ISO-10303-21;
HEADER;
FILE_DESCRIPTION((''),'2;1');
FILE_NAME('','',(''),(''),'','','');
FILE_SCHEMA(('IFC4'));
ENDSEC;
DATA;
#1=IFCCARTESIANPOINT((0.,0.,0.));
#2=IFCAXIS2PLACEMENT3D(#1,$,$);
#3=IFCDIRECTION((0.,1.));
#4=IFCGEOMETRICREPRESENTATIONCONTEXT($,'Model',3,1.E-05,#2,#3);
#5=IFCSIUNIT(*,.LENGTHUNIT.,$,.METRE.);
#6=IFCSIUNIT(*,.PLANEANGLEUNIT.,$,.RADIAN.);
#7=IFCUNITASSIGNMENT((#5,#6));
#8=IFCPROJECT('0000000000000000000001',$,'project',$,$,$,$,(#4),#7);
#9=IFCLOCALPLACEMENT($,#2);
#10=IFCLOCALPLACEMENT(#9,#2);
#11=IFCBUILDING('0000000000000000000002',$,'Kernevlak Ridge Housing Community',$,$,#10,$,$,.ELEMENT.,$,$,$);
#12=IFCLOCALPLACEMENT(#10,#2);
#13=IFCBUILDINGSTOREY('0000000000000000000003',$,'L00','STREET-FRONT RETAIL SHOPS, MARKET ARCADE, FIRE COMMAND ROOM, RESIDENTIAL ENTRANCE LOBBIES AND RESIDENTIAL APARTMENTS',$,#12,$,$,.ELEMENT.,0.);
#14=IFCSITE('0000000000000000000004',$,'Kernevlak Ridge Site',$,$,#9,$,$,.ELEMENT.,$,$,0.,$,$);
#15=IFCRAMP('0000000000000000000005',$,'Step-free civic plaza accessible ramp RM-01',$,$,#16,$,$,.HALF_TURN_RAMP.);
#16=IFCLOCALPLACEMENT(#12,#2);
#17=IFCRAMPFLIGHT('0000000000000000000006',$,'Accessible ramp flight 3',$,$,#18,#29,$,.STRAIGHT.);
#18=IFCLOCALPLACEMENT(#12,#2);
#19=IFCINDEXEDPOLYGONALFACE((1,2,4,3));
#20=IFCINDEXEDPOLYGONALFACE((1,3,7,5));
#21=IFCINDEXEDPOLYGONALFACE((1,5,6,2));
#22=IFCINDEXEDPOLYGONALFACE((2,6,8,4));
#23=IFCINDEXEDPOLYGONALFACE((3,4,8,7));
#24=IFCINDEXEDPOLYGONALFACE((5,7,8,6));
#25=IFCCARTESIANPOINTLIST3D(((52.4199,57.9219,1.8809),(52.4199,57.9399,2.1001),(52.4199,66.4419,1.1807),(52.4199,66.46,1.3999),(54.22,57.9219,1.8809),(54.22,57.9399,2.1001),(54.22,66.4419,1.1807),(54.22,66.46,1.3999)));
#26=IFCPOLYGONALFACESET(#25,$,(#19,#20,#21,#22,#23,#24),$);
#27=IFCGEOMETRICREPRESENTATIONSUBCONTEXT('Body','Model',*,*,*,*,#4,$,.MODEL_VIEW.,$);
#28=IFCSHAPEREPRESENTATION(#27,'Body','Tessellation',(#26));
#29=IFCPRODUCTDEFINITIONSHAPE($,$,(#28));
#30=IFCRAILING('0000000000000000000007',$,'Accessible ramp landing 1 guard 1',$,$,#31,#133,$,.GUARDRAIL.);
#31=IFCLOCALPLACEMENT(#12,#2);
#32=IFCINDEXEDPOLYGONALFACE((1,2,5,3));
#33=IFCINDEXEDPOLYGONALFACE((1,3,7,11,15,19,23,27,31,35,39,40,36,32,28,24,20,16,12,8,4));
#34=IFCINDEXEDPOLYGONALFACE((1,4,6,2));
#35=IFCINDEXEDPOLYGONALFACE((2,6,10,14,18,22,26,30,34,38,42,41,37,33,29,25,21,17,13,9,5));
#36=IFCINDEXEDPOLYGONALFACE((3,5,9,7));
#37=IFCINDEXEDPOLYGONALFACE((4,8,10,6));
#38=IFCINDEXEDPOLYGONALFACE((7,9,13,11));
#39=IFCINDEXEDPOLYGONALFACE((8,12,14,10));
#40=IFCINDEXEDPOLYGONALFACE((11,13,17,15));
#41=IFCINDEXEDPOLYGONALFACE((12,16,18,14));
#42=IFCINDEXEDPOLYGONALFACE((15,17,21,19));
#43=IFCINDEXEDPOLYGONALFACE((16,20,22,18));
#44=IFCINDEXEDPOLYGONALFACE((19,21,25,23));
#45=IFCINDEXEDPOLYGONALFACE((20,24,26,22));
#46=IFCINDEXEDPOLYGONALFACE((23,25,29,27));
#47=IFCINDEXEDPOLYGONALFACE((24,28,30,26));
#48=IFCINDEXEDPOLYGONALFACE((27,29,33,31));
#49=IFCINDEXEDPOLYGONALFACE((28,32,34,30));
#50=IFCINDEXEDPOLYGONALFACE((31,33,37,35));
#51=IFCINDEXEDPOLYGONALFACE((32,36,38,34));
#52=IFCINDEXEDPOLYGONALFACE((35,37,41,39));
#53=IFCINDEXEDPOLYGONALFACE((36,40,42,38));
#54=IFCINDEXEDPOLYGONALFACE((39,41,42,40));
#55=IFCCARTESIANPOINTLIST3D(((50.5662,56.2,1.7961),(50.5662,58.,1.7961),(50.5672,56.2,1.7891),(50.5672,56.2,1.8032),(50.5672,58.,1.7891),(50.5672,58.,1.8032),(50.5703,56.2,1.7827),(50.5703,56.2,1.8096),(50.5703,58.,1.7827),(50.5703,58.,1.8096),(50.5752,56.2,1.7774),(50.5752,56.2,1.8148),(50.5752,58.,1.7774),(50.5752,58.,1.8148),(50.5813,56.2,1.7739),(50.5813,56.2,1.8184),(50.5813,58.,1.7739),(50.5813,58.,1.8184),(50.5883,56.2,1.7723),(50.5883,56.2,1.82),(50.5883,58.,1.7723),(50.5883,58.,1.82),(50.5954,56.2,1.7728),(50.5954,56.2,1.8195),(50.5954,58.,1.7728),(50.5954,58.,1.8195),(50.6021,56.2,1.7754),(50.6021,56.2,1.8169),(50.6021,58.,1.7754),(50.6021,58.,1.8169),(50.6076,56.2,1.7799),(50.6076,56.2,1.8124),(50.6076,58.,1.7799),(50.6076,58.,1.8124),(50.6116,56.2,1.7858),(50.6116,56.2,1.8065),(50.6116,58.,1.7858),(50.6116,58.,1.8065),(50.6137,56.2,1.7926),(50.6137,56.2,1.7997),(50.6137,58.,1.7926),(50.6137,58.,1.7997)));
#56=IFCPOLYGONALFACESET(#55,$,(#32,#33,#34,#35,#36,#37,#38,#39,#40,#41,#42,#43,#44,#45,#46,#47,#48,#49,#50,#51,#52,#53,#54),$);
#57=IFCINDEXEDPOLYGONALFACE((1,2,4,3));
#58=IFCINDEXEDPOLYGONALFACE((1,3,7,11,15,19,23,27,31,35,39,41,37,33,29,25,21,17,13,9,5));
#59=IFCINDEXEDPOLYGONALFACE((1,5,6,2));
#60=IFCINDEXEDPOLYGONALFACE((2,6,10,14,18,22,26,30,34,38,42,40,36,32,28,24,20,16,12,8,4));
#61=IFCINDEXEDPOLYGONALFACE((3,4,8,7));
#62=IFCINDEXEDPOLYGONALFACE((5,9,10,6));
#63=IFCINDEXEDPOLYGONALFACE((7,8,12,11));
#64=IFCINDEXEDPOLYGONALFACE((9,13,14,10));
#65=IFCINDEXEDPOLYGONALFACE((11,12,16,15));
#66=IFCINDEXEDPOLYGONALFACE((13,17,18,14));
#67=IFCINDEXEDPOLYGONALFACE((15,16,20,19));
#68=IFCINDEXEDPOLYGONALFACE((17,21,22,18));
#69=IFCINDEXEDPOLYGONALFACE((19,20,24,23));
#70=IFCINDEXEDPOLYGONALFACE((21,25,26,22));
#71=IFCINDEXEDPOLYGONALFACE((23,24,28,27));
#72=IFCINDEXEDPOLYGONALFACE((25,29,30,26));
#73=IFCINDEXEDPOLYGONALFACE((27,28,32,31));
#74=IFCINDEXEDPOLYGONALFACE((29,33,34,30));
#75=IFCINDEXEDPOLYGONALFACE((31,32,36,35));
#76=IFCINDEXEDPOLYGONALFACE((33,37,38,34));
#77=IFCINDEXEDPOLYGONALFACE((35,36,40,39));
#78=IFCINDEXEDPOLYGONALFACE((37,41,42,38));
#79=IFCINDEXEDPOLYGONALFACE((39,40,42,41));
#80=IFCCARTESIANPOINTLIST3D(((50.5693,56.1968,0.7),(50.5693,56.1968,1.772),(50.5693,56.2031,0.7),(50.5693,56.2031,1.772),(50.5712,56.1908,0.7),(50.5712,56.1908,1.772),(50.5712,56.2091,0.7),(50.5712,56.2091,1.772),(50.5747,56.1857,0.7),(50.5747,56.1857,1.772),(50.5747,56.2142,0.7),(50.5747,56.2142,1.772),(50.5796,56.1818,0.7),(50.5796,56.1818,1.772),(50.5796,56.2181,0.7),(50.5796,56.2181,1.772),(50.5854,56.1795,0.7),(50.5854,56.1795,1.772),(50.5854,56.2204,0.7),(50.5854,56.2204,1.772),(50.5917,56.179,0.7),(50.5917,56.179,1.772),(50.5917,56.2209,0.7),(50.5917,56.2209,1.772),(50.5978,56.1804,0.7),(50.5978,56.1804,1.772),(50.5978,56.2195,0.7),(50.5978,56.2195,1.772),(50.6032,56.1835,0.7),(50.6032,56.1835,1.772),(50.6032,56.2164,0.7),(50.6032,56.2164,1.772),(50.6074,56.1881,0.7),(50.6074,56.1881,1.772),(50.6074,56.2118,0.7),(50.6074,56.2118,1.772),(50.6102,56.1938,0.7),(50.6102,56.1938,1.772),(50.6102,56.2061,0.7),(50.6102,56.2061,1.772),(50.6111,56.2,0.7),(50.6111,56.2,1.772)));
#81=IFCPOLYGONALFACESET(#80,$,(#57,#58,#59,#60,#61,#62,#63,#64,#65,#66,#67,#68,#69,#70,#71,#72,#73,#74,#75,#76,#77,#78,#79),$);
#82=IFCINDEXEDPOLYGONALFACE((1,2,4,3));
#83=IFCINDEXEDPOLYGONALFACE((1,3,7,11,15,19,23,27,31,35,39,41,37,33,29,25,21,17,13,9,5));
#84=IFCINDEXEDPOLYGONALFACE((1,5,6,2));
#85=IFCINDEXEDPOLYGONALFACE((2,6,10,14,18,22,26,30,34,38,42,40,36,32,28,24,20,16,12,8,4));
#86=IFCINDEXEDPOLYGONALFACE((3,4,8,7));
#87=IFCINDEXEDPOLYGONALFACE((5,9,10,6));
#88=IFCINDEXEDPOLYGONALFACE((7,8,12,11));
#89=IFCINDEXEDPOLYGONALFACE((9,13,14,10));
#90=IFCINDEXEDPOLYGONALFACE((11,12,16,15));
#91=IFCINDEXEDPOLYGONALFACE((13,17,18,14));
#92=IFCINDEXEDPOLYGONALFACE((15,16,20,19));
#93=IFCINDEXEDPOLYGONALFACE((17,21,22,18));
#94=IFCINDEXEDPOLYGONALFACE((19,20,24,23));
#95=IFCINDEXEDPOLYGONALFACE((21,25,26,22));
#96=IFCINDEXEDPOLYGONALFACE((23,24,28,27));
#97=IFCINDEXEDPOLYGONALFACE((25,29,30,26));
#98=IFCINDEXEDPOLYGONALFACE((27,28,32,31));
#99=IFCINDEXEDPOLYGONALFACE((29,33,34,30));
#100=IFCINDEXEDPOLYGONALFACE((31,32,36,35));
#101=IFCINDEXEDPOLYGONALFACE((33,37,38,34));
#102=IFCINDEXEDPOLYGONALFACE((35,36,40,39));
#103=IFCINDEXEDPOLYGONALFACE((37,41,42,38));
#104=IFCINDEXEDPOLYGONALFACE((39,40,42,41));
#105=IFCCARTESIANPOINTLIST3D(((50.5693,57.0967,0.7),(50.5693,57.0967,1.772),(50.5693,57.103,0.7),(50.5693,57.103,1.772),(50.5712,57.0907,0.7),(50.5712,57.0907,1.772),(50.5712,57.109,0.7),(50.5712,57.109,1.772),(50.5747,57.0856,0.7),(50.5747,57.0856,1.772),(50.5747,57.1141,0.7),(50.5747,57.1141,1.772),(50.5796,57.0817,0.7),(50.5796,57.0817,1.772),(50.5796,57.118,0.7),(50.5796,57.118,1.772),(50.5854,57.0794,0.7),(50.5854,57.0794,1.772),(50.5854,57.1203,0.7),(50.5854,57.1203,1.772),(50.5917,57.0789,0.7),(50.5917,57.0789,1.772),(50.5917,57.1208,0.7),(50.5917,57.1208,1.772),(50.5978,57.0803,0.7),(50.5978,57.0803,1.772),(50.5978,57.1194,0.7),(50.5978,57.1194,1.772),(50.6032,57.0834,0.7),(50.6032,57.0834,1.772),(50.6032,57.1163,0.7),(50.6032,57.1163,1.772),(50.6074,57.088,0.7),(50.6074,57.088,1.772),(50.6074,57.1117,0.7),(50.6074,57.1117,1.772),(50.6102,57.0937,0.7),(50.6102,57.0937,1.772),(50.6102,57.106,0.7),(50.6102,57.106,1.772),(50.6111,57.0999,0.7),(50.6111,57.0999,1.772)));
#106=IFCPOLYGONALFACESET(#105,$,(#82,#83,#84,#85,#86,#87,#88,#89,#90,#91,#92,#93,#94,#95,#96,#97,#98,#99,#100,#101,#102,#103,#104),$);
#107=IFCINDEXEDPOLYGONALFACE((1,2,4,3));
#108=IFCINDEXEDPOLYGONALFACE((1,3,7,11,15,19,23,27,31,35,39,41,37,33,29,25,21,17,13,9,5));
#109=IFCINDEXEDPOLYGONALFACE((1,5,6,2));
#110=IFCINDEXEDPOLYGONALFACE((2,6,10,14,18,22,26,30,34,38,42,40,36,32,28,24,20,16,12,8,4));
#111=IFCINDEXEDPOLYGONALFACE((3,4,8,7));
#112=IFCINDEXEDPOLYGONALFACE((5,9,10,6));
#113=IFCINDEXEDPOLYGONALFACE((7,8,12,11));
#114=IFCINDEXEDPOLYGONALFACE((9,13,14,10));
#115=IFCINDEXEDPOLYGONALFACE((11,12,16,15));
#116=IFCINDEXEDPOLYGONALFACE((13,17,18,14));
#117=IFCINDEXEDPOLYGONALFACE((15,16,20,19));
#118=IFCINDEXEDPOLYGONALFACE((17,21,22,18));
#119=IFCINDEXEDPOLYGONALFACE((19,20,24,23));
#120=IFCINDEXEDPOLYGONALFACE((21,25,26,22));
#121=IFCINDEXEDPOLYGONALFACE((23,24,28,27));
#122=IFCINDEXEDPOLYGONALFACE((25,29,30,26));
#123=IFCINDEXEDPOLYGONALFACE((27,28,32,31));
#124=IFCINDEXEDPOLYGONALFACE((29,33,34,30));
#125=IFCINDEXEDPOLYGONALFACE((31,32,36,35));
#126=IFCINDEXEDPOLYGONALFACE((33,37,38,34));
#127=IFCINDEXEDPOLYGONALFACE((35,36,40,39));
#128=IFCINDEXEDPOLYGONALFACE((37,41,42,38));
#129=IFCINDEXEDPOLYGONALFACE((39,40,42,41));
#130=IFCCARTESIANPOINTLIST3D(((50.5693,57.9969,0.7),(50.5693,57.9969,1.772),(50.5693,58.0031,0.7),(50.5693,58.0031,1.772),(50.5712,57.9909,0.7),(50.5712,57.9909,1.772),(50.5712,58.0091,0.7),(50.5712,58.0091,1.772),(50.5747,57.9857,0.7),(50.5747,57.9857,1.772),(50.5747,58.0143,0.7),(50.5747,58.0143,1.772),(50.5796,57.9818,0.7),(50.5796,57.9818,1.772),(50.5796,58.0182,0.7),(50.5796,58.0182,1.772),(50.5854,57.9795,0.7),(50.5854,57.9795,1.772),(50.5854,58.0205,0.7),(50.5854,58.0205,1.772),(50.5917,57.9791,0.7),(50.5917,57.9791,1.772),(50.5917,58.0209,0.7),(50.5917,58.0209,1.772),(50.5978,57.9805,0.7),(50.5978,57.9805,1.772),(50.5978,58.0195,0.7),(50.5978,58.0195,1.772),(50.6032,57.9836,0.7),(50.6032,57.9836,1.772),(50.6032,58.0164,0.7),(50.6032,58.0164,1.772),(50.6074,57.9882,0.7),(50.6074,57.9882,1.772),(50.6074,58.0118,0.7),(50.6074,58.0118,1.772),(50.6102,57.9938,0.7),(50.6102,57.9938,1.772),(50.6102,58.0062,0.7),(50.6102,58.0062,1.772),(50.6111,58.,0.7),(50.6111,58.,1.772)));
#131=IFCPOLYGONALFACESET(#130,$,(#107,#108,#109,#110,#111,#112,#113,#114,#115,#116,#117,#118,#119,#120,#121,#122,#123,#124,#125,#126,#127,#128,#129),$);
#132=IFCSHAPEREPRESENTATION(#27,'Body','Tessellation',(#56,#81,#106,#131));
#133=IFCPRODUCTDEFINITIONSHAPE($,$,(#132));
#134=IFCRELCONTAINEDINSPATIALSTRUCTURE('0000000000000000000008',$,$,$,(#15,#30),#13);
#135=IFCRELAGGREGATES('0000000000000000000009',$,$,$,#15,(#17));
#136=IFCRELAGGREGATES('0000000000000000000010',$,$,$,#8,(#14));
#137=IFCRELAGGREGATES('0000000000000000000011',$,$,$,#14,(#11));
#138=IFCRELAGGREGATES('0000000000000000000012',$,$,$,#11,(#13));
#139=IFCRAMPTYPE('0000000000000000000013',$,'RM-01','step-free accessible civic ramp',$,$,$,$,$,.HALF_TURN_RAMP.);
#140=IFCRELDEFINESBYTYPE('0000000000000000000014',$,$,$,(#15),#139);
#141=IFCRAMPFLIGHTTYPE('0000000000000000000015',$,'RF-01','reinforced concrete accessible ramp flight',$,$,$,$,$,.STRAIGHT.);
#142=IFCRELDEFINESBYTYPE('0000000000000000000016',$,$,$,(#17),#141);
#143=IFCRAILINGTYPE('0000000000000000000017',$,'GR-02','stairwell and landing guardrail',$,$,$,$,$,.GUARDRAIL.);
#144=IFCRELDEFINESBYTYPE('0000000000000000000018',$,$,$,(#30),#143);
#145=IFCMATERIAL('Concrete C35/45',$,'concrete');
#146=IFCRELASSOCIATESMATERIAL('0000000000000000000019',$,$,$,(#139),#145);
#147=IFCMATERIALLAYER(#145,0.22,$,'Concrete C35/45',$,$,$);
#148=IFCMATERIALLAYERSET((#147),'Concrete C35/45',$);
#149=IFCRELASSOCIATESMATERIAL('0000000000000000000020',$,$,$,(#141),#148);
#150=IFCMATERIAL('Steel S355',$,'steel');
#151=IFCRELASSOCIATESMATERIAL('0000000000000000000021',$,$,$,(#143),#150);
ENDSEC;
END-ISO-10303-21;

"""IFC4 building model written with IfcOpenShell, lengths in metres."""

from ifc_helpers import new_model, si_unit, direction, frame, origin, origin_2d, place, context, subcontext, project, spatial, polyline, circle, outline, extrude, material, layer, layer_set, type_object, element, aggregate, save


model = new_model("IFC4")

# Units and contexts
model_context = context("Model", 3, precision=1e-05, world=origin(), true_north=direction((0.0, 1.0)))
body_context = subcontext(model_context, "Body", "Model", "MODEL_VIEW")
ifc_project = project(units=[si_unit("LENGTHUNIT", "METRE"), si_unit("PLANEANGLEUNIT", "RADIAN")], contexts=[model_context])

# Site, building, storey
site_placement = place(None, origin())
site = spatial("IfcSite", under=ifc_project, at=site_placement, Name="Kernevlak Ridge Site", CompositionType="ELEMENT", RefElevation=0.0)
building_placement = place(site_placement, origin())
building = spatial("IfcBuilding", under=site, at=building_placement, Name="Kernevlak Ridge Housing Community", CompositionType="ELEMENT")
storey_placement = place(building_placement, origin())
storey = spatial("IfcBuildingStorey", under=building, at=storey_placement, Name="L00", Description="STREET-FRONT RETAIL SHOPS, MARKET ARCADE, FIRE COMMAND ROOM, RESIDENTIAL ENTRANCE LOBBIES AND RESIDENTIAL APARTMENTS", CompositionType="ELEMENT", Elevation=0.0)

# Shared definitions
ifc_material_1 = material(Name="Concrete C35/45", Category="concrete")

# Ramp, ramp flight
ramp_type = type_object("IfcRampType", Name="RM-01", Description="step-free accessible civic ramp", PredefinedType="HALF_TURN_RAMP", material=ifc_material_1)
ramp_placement = place(storey_placement, origin())
ramp = element("IfcRamp", 1, at=ramp_placement, inside=storey, type_object=ramp_type, Name="Step-free civic plaza accessible ramp RM-01", PredefinedType="HALF_TURN_RAMP")
ifc_layer = layer(ifc_material_1, 0.22, Name="Concrete C35/45")
ifc_layer_set = layer_set([ifc_layer], Name="Concrete C35/45")
ramp_flight_type = type_object("IfcRampFlightType", Name="RF-01", Description="reinforced concrete accessible ramp flight", PredefinedType="STRAIGHT", material=ifc_layer_set)
ramp_flight_1_placement = place(storey_placement, frame((52.4199, 57.9399, 2.1001), z_axis=(0.0, 0.081906, 0.99664), x_axis=(1.0, 0.0, 0.0)))
ramp_flight_1 = element("IfcRampFlight", 2, at=ramp_flight_1_placement, type_object=ramp_flight_type, Name="Accessible ramp flight 3", PredefinedType="STRAIGHT", context=body_context, shape_type="SweptSolid", body=[
    extrude(outline(polyline([(0.0, 0.0), (1.8, 0.0), (1.8, 8.5487), (0.0, 8.5487), (0.0, 0.0)])), origin(), (0.0, 0.0, -1.0), 0.22),
])
aggregate(ramp, [ramp_flight_1])

# Railing
ifc_material_2 = material(Name="Steel S355", Category="steel")
railing_type = type_object("IfcRailingType", Name="GR-02", Description="stairwell and landing guardrail", PredefinedType="GUARDRAIL", material=ifc_material_2)
for number, where, name in (
    (3, (50.5901, 56.2, 0.7), "Accessible ramp landing 1 guard 1"),
):
    element("IfcRailing", number, at=place(storey_placement, frame(where)), inside=storey, type_object=railing_type, Name=name, PredefinedType="GUARDRAIL", context=body_context, shape_type="SweptSolid", body=[
        extrude(circle(Radius=0.0239, at=origin_2d()), frame((0.0, 0.0, 1.0962), z_axis=(0.0, 1.0, 0.0), x_axis=(-1.0, 0.0, 0.0)), (0.0, 0.0, 1.0), 1.8),
        extrude(circle(Radius=0.021, at=origin_2d()), origin(), (0.0, 0.0, 1.0), 1.072),
        extrude(circle(Radius=0.021, at=origin_2d()), frame((0.0, 0.8999, 0.0)), (0.0, 0.0, 1.0), 1.072),
        extrude(circle(Radius=0.021, at=origin_2d()), frame((0.0, 1.8, 0.0)), (0.0, 0.0, 1.0), 1.072),
    ])

save(model, "model.ifc")
